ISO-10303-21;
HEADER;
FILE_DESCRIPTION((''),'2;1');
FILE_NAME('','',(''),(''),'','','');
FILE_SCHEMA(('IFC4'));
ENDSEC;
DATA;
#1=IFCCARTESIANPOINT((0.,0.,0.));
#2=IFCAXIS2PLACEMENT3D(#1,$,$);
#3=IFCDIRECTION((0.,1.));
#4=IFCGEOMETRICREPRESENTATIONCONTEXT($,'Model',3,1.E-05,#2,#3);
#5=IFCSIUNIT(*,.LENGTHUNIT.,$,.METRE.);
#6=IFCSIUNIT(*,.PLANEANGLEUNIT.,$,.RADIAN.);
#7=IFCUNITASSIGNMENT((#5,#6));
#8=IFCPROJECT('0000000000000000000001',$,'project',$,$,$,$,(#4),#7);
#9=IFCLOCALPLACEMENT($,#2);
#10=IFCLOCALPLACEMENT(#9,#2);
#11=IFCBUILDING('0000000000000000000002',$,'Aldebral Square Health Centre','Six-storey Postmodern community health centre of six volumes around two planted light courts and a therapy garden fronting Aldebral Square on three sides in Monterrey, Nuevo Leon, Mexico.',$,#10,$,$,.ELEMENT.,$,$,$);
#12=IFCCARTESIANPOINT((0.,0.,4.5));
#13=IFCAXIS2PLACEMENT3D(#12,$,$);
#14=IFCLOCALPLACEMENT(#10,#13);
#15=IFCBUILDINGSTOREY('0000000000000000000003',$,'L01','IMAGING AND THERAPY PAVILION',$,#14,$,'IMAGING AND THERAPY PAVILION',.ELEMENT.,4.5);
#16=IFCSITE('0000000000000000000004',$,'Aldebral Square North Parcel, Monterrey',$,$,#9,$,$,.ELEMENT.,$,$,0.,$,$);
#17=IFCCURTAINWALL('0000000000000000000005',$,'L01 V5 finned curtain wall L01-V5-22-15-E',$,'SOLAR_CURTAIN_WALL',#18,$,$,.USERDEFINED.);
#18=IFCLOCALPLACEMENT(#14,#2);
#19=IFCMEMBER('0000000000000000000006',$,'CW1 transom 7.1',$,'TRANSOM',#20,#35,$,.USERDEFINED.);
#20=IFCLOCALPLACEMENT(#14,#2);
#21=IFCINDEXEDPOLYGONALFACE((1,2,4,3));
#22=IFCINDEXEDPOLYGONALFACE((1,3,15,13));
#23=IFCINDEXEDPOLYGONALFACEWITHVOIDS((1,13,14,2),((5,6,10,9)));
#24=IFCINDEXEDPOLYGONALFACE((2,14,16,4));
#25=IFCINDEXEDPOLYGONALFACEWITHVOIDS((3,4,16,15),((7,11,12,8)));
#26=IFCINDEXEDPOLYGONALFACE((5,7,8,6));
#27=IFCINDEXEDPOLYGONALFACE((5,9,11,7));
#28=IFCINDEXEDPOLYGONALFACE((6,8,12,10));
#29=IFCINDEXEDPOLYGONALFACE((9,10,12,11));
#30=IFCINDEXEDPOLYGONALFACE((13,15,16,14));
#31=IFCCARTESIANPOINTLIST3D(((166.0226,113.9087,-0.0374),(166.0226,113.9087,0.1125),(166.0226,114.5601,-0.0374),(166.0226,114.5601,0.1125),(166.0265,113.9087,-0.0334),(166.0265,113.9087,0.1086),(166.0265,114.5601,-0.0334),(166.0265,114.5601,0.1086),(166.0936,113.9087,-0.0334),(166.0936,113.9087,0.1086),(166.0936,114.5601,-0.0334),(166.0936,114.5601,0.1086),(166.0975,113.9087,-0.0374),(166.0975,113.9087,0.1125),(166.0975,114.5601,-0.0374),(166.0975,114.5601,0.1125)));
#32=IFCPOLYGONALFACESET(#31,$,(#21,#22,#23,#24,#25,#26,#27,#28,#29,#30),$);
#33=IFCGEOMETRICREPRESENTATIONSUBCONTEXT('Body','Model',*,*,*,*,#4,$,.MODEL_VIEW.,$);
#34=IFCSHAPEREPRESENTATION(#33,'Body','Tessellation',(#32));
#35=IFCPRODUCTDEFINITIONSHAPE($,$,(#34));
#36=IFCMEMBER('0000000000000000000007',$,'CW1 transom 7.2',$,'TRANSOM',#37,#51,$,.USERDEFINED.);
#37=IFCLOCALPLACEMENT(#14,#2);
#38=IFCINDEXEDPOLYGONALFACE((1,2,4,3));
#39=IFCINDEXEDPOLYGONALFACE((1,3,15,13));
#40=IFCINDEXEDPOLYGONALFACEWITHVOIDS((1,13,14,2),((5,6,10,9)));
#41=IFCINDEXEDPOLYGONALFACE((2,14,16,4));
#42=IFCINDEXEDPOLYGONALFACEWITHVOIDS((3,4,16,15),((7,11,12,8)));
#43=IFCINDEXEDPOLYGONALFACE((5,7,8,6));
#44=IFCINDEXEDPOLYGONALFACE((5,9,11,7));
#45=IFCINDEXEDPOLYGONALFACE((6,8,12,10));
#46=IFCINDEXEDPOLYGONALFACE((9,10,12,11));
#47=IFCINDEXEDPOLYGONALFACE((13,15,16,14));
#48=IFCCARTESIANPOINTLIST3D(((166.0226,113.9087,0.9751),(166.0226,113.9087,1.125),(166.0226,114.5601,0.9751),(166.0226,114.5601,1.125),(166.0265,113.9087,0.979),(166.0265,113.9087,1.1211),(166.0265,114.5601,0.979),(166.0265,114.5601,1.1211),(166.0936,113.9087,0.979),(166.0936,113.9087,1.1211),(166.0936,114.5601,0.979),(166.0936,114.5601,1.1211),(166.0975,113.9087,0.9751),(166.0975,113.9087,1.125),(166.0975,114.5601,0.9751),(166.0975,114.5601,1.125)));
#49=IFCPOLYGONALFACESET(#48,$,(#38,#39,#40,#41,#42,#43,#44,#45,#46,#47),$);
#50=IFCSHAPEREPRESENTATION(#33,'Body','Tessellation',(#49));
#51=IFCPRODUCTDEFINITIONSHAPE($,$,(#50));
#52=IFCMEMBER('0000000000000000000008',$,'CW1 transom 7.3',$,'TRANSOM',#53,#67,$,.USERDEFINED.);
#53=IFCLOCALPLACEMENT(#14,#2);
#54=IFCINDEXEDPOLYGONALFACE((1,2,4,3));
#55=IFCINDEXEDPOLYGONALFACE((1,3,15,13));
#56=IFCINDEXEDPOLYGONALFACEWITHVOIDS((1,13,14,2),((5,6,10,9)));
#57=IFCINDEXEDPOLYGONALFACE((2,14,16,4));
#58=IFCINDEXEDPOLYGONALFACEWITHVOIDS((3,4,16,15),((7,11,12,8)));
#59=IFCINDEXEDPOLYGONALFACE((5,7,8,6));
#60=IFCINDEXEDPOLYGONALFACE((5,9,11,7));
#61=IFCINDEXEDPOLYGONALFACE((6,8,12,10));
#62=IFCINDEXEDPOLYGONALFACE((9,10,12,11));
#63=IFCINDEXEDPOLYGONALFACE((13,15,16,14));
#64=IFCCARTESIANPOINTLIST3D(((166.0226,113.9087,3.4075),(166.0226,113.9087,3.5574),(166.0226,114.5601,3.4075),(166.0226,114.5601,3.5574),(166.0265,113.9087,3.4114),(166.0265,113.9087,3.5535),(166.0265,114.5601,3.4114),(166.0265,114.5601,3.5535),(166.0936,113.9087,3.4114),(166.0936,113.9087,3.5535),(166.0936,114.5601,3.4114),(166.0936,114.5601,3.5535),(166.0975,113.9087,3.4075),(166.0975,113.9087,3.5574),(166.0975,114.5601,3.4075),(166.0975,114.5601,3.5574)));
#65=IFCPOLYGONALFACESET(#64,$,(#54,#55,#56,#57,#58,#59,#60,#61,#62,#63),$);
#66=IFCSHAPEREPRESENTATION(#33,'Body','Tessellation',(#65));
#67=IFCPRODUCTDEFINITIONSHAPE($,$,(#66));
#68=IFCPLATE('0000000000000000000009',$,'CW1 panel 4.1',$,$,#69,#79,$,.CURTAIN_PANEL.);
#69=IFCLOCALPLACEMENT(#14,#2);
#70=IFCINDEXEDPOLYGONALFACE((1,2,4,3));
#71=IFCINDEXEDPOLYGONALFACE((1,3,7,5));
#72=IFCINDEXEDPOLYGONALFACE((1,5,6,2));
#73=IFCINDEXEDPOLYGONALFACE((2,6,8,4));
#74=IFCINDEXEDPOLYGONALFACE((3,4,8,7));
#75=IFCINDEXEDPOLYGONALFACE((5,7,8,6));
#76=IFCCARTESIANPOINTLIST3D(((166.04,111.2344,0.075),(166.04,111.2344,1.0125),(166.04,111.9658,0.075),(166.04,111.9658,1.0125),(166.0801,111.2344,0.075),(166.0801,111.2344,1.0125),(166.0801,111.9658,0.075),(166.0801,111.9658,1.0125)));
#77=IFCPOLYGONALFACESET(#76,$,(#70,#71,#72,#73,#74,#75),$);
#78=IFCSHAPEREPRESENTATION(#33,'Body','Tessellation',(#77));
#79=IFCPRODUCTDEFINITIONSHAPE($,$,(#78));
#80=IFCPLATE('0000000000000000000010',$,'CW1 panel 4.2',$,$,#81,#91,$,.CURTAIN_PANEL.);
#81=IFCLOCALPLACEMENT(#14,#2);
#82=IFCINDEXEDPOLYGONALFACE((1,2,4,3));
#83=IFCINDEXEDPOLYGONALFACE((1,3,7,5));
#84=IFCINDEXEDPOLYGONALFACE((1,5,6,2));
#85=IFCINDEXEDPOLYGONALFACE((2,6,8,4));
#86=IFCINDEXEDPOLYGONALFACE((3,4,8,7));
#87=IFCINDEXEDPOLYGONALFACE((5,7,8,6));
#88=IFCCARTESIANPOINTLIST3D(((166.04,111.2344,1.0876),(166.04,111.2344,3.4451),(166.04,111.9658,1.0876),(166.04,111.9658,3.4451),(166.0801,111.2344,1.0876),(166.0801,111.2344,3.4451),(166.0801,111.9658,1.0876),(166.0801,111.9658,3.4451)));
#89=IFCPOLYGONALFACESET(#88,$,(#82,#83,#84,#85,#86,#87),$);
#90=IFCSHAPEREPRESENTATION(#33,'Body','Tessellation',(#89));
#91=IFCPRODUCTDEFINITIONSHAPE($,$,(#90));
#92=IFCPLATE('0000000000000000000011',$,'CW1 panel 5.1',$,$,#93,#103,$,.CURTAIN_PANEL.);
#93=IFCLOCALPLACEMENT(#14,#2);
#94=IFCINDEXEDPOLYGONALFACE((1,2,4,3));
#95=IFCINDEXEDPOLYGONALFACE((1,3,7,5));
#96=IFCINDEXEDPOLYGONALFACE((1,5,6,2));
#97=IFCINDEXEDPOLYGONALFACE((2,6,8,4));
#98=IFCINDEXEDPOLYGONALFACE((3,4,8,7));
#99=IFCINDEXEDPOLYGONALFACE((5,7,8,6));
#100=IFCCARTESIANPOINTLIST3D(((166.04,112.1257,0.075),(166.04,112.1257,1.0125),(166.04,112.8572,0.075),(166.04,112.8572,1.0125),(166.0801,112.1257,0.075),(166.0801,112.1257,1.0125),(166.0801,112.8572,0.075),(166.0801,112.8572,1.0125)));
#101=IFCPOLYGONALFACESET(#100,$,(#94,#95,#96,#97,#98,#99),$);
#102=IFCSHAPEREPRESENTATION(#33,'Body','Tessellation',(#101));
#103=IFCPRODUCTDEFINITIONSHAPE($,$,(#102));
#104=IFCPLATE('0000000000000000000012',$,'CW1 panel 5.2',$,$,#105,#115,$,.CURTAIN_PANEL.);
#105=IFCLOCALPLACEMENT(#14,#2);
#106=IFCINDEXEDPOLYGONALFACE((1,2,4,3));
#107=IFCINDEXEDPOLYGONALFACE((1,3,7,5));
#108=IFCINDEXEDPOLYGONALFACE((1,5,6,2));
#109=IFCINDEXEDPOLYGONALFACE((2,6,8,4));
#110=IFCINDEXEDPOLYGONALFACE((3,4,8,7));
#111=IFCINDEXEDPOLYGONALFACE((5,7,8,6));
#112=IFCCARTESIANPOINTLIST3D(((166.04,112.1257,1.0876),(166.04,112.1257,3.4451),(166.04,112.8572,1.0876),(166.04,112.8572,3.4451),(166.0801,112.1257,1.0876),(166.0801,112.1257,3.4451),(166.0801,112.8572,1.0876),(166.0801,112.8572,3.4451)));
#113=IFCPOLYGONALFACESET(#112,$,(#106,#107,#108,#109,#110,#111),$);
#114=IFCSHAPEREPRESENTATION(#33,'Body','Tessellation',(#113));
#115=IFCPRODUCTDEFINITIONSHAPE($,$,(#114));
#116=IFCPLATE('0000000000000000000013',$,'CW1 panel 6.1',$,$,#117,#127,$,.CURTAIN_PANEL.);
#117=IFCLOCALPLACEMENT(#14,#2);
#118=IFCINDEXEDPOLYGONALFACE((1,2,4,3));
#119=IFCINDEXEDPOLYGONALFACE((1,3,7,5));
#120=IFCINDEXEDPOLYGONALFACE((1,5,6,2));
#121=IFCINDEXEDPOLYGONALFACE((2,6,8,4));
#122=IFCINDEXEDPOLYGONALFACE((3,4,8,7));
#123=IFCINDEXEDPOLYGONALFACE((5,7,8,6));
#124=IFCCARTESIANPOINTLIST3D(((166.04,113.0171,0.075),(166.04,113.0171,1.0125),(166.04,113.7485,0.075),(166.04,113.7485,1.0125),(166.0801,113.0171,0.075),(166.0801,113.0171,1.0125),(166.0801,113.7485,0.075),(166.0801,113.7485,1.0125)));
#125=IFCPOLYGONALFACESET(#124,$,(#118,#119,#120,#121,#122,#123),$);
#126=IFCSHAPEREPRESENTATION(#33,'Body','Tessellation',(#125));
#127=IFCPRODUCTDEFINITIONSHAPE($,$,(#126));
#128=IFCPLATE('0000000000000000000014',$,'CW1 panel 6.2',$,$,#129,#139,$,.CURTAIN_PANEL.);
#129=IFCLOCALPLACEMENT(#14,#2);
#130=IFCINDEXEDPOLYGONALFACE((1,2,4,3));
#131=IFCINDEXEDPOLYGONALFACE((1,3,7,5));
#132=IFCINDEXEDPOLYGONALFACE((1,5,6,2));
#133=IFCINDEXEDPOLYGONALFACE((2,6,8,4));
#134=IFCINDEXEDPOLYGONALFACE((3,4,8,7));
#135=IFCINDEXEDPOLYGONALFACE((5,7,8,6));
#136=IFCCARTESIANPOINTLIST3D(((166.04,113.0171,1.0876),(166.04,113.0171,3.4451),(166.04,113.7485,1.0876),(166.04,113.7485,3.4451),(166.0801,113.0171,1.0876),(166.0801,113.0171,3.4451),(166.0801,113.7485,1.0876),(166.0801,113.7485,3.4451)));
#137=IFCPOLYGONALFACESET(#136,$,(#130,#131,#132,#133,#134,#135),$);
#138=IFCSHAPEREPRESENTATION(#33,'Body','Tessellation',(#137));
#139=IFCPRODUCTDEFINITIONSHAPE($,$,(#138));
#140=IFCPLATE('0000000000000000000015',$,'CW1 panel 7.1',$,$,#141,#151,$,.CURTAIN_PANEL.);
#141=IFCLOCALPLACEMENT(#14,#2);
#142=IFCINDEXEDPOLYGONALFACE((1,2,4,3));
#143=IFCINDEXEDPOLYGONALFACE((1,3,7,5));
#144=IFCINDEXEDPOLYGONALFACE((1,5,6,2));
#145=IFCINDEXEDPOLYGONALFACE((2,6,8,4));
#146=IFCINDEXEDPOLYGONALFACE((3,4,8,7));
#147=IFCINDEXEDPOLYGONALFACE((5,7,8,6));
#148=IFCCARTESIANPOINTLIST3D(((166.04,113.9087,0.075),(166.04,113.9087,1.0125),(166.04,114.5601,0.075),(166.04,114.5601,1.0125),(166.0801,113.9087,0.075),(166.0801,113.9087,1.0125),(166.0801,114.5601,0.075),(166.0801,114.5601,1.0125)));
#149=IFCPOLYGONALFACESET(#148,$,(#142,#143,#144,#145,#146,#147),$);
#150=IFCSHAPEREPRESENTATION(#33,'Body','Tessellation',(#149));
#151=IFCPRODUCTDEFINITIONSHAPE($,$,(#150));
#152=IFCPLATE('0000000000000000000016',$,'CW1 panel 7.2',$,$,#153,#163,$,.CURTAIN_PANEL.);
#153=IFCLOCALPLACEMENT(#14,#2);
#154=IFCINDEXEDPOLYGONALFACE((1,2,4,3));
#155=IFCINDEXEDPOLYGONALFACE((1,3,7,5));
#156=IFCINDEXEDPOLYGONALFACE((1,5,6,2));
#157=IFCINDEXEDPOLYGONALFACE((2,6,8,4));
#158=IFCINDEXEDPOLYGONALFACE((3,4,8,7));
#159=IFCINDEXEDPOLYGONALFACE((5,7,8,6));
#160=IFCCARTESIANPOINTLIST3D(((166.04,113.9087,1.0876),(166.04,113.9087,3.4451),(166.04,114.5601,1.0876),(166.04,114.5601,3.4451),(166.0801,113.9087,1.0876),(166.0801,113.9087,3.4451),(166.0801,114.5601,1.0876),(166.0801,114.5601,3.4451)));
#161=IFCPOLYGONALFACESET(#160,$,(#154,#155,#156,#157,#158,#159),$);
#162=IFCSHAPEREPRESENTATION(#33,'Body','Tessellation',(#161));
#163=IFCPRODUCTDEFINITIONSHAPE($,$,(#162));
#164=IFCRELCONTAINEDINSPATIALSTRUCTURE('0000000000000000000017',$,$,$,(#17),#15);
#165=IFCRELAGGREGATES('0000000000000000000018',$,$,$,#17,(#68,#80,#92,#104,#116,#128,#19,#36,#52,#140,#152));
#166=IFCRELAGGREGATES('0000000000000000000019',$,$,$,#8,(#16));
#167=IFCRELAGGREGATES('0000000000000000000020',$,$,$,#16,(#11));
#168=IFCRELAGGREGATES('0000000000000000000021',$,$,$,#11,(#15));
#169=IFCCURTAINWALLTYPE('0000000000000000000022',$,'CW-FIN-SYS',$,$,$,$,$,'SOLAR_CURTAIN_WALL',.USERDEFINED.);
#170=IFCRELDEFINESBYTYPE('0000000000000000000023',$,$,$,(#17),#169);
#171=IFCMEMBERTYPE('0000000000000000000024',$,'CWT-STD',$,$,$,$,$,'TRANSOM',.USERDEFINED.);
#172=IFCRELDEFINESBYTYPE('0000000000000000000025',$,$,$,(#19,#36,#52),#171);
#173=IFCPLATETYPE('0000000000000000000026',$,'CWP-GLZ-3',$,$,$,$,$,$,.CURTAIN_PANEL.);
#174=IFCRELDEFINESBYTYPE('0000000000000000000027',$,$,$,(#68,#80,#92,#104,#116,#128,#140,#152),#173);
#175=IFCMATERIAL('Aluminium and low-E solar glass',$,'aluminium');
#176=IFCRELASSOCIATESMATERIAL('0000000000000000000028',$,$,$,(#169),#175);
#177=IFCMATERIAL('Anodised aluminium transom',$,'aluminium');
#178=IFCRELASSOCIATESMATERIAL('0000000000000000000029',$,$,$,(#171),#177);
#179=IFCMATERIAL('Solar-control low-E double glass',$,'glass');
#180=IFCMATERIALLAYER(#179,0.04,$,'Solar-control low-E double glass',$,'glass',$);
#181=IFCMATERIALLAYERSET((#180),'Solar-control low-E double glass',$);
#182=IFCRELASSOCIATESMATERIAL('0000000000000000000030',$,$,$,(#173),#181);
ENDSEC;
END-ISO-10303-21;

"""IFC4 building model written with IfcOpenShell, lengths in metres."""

from ifc_helpers import new_model, si_unit, direction, frame, origin, origin_2d, place, context, subcontext, project, spatial, rectangle, hollow_rectangle, extrude, material, layer, layer_set, material_profile, profile_set, type_object, element, aggregate, save


model = new_model("IFC4")

# Units and contexts
model_context = context("Model", 3, precision=1e-05, world=origin(), true_north=direction((0.0, 1.0)))
body_context = subcontext(model_context, "Body", "Model", "MODEL_VIEW")
ifc_project = project(units=[si_unit("LENGTHUNIT", "METRE"), si_unit("PLANEANGLEUNIT", "RADIAN")], contexts=[model_context])

# Site, building, storey
site_placement = place(None, origin())
site = spatial("IfcSite", under=ifc_project, at=site_placement, Name="Aldebral Square North Parcel, Monterrey", CompositionType="ELEMENT", RefElevation=0.0)
building_placement = place(site_placement, origin())
building = spatial("IfcBuilding", under=site, at=building_placement, Name="Aldebral Square Health Centre", Description="Six-storey Postmodern community health centre of six volumes around two planted light courts and a therapy garden fronting Aldebral Square on three sides in Monterrey, Nuevo Leon, Mexico.", CompositionType="ELEMENT")
storey_placement = place(building_placement, frame((0.0, 0.0, 4.5)))
storey = spatial("IfcBuildingStorey", under=building, at=storey_placement, Name="L01", Description="IMAGING AND THERAPY PAVILION", LongName="IMAGING AND THERAPY PAVILION", CompositionType="ELEMENT", Elevation=4.5)

# Curtain wall, members, plates
ifc_material_1 = material(Name="Aluminium and low-E solar glass", Category="aluminium")
curtain_wall_type = type_object("IfcCurtainWallType", Name="CW-FIN-SYS", ElementType="SOLAR_CURTAIN_WALL", PredefinedType="USERDEFINED", material=ifc_material_1)
curtain_wall_placement = place(storey_placement, origin())
curtain_wall = element("IfcCurtainWall", 1, at=curtain_wall_placement, inside=storey, type_object=curtain_wall_type, Name="L01 V5 finned curtain wall L01-V5-22-15-E", ObjectType="SOLAR_CURTAIN_WALL", PredefinedType="USERDEFINED")
ifc_material_2 = material(Name="Anodised aluminium transom", Category="aluminium")
ifc_material_profile_1 = material_profile(ifc_material_2, hollow_rectangle(XDim=0.075, YDim=0.1499, WallThickness=0.0039, at=origin_2d()), Name="CWT 75x150x4")
ifc_profile_set_1 = profile_set([ifc_material_profile_1], Name="Anodised aluminium transom")
member_type_1 = type_object("IfcMemberType", Name="CWT-STD", ElementType="TRANSOM", PredefinedType="USERDEFINED", material=ifc_profile_set_1)
member_1_placement = place(storey_placement, frame((166.0601, 113.9087, 0.0376), z_axis=(0.0, 1.0, 0.0), x_axis=(-1.0, 0.0, 0.0)))
member_1 = element("IfcMember", 2, at=member_1_placement, type_object=member_type_1, Name="CW1 transom 7.1", ObjectType="TRANSOM", PredefinedType="USERDEFINED", context=body_context, shape_type="SweptSolid", body=[
    extrude(hollow_rectangle(XDim=0.075, YDim=0.1499, WallThickness=0.0039, at=origin_2d()), origin(), (0.0, 0.0, 1.0), 0.6514),
])
member_2_placement = place(storey_placement, frame((166.0601, 113.9087, 1.05), z_axis=(0.0, 1.0, 0.0), x_axis=(-1.0, 0.0, 0.0)))
member_2 = element("IfcMember", 3, at=member_2_placement, type_object=member_type_1, Name="CW1 transom 7.2", ObjectType="TRANSOM", PredefinedType="USERDEFINED", context=body_context, shape_type="SweptSolid", body=[
    extrude(hollow_rectangle(XDim=0.075, YDim=0.1499, WallThickness=0.0039, at=origin_2d()), origin(), (0.0, 0.0, 1.0), 0.6514),
])
member_3_placement = place(storey_placement, frame((166.0601, 113.9087, 3.4824), z_axis=(0.0, 1.0, 0.0), x_axis=(-1.0, 0.0, 0.0)))
member_3 = element("IfcMember", 4, at=member_3_placement, type_object=member_type_1, Name="CW1 transom 7.3", ObjectType="TRANSOM", PredefinedType="USERDEFINED", context=body_context, shape_type="SweptSolid", body=[
    extrude(hollow_rectangle(XDim=0.075, YDim=0.1499, WallThickness=0.0039, at=origin_2d()), origin(), (0.0, 0.0, 1.0), 0.6514),
])
ifc_material_3 = material(Name="Solar-control low-E double glass", Category="glass")
ifc_layer = layer(ifc_material_3, 0.04, Name="Solar-control low-E double glass", Category="glass")
ifc_layer_set = layer_set([ifc_layer], Name="Solar-control low-E double glass")
plate_type = type_object("IfcPlateType", Name="CWP-GLZ-3", PredefinedType="CURTAIN_PANEL", material=ifc_layer_set)
plate_1_placement = place(storey_placement, frame((166.0601, 111.6001, 0.075), z_axis=(0.0, 0.0, 1.0), x_axis=(0.0, 1.0, 0.0)))
plate_1 = element("IfcPlate", 5, at=plate_1_placement, type_object=plate_type, Name="CW1 panel 4.1", PredefinedType="CURTAIN_PANEL", context=body_context, shape_type="SweptSolid", body=[
    extrude(rectangle(XDim=0.7314, YDim=0.04, at=origin_2d()), origin(), (0.0, 0.0, 1.0), 0.9375),
])
plate_2_placement = place(storey_placement, frame((166.0601, 111.6001, 1.0876), z_axis=(0.0, 0.0, 1.0), x_axis=(0.0, 1.0, 0.0)))
plate_2 = element("IfcPlate", 6, at=plate_2_placement, type_object=plate_type, Name="CW1 panel 4.2", PredefinedType="CURTAIN_PANEL", context=body_context, shape_type="SweptSolid", body=[
    extrude(rectangle(XDim=0.7314, YDim=0.04, at=origin_2d()), origin(), (0.0, 0.0, 1.0), 2.3574),
])
plate_3_placement = place(storey_placement, frame((166.0601, 112.4915, 0.075), z_axis=(0.0, 0.0, 1.0), x_axis=(0.0, 1.0, 0.0)))
plate_3 = element("IfcPlate", 7, at=plate_3_placement, type_object=plate_type, Name="CW1 panel 5.1", PredefinedType="CURTAIN_PANEL", context=body_context, shape_type="SweptSolid", body=[
    extrude(rectangle(XDim=0.7314, YDim=0.04, at=origin_2d()), origin(), (0.0, 0.0, 1.0), 0.9375),
])
plate_4_placement = place(storey_placement, frame((166.0601, 112.4915, 1.0876), z_axis=(0.0, 0.0, 1.0), x_axis=(0.0, 1.0, 0.0)))
plate_4 = element("IfcPlate", 8, at=plate_4_placement, type_object=plate_type, Name="CW1 panel 5.2", PredefinedType="CURTAIN_PANEL", context=body_context, shape_type="SweptSolid", body=[
    extrude(rectangle(XDim=0.7314, YDim=0.04, at=origin_2d()), origin(), (0.0, 0.0, 1.0), 2.3574),
])
plate_5_placement = place(storey_placement, frame((166.0601, 113.3828, 0.075), z_axis=(0.0, 0.0, 1.0), x_axis=(0.0, 1.0, 0.0)))
plate_5 = element("IfcPlate", 9, at=plate_5_placement, type_object=plate_type, Name="CW1 panel 6.1", PredefinedType="CURTAIN_PANEL", context=body_context, shape_type="SweptSolid", body=[
    extrude(rectangle(XDim=0.7314, YDim=0.04, at=origin_2d()), origin(), (0.0, 0.0, 1.0), 0.9375),
])
plate_6_placement = place(storey_placement, frame((166.0601, 113.3828, 1.0876), z_axis=(0.0, 0.0, 1.0), x_axis=(0.0, 1.0, 0.0)))
plate_6 = element("IfcPlate", 10, at=plate_6_placement, type_object=plate_type, Name="CW1 panel 6.2", PredefinedType="CURTAIN_PANEL", context=body_context, shape_type="SweptSolid", body=[
    extrude(rectangle(XDim=0.7314, YDim=0.04, at=origin_2d()), origin(), (0.0, 0.0, 1.0), 2.3574),
])
plate_7_placement = place(storey_placement, frame((166.0601, 114.2344, 0.075), z_axis=(0.0, 0.0, 1.0), x_axis=(0.0, 1.0, 0.0)))
plate_7 = element("IfcPlate", 11, at=plate_7_placement, type_object=plate_type, Name="CW1 panel 7.1", PredefinedType="CURTAIN_PANEL", context=body_context, shape_type="SweptSolid", body=[
    extrude(rectangle(XDim=0.6514, YDim=0.04, at=origin_2d()), origin(), (0.0, 0.0, 1.0), 0.9375),
])
plate_8_placement = place(storey_placement, frame((166.0601, 114.2344, 1.0876), z_axis=(0.0, 0.0, 1.0), x_axis=(0.0, 1.0, 0.0)))
plate_8 = element("IfcPlate", 12, at=plate_8_placement, type_object=plate_type, Name="CW1 panel 7.2", PredefinedType="CURTAIN_PANEL", context=body_context, shape_type="SweptSolid", body=[
    extrude(rectangle(XDim=0.6514, YDim=0.04, at=origin_2d()), origin(), (0.0, 0.0, 1.0), 2.3574),
])
aggregate(curtain_wall, [plate_1, plate_2, plate_3, plate_4, plate_5, plate_6, member_1, member_2, member_3, plate_7, plate_8])

save(model, "model.ifc")
